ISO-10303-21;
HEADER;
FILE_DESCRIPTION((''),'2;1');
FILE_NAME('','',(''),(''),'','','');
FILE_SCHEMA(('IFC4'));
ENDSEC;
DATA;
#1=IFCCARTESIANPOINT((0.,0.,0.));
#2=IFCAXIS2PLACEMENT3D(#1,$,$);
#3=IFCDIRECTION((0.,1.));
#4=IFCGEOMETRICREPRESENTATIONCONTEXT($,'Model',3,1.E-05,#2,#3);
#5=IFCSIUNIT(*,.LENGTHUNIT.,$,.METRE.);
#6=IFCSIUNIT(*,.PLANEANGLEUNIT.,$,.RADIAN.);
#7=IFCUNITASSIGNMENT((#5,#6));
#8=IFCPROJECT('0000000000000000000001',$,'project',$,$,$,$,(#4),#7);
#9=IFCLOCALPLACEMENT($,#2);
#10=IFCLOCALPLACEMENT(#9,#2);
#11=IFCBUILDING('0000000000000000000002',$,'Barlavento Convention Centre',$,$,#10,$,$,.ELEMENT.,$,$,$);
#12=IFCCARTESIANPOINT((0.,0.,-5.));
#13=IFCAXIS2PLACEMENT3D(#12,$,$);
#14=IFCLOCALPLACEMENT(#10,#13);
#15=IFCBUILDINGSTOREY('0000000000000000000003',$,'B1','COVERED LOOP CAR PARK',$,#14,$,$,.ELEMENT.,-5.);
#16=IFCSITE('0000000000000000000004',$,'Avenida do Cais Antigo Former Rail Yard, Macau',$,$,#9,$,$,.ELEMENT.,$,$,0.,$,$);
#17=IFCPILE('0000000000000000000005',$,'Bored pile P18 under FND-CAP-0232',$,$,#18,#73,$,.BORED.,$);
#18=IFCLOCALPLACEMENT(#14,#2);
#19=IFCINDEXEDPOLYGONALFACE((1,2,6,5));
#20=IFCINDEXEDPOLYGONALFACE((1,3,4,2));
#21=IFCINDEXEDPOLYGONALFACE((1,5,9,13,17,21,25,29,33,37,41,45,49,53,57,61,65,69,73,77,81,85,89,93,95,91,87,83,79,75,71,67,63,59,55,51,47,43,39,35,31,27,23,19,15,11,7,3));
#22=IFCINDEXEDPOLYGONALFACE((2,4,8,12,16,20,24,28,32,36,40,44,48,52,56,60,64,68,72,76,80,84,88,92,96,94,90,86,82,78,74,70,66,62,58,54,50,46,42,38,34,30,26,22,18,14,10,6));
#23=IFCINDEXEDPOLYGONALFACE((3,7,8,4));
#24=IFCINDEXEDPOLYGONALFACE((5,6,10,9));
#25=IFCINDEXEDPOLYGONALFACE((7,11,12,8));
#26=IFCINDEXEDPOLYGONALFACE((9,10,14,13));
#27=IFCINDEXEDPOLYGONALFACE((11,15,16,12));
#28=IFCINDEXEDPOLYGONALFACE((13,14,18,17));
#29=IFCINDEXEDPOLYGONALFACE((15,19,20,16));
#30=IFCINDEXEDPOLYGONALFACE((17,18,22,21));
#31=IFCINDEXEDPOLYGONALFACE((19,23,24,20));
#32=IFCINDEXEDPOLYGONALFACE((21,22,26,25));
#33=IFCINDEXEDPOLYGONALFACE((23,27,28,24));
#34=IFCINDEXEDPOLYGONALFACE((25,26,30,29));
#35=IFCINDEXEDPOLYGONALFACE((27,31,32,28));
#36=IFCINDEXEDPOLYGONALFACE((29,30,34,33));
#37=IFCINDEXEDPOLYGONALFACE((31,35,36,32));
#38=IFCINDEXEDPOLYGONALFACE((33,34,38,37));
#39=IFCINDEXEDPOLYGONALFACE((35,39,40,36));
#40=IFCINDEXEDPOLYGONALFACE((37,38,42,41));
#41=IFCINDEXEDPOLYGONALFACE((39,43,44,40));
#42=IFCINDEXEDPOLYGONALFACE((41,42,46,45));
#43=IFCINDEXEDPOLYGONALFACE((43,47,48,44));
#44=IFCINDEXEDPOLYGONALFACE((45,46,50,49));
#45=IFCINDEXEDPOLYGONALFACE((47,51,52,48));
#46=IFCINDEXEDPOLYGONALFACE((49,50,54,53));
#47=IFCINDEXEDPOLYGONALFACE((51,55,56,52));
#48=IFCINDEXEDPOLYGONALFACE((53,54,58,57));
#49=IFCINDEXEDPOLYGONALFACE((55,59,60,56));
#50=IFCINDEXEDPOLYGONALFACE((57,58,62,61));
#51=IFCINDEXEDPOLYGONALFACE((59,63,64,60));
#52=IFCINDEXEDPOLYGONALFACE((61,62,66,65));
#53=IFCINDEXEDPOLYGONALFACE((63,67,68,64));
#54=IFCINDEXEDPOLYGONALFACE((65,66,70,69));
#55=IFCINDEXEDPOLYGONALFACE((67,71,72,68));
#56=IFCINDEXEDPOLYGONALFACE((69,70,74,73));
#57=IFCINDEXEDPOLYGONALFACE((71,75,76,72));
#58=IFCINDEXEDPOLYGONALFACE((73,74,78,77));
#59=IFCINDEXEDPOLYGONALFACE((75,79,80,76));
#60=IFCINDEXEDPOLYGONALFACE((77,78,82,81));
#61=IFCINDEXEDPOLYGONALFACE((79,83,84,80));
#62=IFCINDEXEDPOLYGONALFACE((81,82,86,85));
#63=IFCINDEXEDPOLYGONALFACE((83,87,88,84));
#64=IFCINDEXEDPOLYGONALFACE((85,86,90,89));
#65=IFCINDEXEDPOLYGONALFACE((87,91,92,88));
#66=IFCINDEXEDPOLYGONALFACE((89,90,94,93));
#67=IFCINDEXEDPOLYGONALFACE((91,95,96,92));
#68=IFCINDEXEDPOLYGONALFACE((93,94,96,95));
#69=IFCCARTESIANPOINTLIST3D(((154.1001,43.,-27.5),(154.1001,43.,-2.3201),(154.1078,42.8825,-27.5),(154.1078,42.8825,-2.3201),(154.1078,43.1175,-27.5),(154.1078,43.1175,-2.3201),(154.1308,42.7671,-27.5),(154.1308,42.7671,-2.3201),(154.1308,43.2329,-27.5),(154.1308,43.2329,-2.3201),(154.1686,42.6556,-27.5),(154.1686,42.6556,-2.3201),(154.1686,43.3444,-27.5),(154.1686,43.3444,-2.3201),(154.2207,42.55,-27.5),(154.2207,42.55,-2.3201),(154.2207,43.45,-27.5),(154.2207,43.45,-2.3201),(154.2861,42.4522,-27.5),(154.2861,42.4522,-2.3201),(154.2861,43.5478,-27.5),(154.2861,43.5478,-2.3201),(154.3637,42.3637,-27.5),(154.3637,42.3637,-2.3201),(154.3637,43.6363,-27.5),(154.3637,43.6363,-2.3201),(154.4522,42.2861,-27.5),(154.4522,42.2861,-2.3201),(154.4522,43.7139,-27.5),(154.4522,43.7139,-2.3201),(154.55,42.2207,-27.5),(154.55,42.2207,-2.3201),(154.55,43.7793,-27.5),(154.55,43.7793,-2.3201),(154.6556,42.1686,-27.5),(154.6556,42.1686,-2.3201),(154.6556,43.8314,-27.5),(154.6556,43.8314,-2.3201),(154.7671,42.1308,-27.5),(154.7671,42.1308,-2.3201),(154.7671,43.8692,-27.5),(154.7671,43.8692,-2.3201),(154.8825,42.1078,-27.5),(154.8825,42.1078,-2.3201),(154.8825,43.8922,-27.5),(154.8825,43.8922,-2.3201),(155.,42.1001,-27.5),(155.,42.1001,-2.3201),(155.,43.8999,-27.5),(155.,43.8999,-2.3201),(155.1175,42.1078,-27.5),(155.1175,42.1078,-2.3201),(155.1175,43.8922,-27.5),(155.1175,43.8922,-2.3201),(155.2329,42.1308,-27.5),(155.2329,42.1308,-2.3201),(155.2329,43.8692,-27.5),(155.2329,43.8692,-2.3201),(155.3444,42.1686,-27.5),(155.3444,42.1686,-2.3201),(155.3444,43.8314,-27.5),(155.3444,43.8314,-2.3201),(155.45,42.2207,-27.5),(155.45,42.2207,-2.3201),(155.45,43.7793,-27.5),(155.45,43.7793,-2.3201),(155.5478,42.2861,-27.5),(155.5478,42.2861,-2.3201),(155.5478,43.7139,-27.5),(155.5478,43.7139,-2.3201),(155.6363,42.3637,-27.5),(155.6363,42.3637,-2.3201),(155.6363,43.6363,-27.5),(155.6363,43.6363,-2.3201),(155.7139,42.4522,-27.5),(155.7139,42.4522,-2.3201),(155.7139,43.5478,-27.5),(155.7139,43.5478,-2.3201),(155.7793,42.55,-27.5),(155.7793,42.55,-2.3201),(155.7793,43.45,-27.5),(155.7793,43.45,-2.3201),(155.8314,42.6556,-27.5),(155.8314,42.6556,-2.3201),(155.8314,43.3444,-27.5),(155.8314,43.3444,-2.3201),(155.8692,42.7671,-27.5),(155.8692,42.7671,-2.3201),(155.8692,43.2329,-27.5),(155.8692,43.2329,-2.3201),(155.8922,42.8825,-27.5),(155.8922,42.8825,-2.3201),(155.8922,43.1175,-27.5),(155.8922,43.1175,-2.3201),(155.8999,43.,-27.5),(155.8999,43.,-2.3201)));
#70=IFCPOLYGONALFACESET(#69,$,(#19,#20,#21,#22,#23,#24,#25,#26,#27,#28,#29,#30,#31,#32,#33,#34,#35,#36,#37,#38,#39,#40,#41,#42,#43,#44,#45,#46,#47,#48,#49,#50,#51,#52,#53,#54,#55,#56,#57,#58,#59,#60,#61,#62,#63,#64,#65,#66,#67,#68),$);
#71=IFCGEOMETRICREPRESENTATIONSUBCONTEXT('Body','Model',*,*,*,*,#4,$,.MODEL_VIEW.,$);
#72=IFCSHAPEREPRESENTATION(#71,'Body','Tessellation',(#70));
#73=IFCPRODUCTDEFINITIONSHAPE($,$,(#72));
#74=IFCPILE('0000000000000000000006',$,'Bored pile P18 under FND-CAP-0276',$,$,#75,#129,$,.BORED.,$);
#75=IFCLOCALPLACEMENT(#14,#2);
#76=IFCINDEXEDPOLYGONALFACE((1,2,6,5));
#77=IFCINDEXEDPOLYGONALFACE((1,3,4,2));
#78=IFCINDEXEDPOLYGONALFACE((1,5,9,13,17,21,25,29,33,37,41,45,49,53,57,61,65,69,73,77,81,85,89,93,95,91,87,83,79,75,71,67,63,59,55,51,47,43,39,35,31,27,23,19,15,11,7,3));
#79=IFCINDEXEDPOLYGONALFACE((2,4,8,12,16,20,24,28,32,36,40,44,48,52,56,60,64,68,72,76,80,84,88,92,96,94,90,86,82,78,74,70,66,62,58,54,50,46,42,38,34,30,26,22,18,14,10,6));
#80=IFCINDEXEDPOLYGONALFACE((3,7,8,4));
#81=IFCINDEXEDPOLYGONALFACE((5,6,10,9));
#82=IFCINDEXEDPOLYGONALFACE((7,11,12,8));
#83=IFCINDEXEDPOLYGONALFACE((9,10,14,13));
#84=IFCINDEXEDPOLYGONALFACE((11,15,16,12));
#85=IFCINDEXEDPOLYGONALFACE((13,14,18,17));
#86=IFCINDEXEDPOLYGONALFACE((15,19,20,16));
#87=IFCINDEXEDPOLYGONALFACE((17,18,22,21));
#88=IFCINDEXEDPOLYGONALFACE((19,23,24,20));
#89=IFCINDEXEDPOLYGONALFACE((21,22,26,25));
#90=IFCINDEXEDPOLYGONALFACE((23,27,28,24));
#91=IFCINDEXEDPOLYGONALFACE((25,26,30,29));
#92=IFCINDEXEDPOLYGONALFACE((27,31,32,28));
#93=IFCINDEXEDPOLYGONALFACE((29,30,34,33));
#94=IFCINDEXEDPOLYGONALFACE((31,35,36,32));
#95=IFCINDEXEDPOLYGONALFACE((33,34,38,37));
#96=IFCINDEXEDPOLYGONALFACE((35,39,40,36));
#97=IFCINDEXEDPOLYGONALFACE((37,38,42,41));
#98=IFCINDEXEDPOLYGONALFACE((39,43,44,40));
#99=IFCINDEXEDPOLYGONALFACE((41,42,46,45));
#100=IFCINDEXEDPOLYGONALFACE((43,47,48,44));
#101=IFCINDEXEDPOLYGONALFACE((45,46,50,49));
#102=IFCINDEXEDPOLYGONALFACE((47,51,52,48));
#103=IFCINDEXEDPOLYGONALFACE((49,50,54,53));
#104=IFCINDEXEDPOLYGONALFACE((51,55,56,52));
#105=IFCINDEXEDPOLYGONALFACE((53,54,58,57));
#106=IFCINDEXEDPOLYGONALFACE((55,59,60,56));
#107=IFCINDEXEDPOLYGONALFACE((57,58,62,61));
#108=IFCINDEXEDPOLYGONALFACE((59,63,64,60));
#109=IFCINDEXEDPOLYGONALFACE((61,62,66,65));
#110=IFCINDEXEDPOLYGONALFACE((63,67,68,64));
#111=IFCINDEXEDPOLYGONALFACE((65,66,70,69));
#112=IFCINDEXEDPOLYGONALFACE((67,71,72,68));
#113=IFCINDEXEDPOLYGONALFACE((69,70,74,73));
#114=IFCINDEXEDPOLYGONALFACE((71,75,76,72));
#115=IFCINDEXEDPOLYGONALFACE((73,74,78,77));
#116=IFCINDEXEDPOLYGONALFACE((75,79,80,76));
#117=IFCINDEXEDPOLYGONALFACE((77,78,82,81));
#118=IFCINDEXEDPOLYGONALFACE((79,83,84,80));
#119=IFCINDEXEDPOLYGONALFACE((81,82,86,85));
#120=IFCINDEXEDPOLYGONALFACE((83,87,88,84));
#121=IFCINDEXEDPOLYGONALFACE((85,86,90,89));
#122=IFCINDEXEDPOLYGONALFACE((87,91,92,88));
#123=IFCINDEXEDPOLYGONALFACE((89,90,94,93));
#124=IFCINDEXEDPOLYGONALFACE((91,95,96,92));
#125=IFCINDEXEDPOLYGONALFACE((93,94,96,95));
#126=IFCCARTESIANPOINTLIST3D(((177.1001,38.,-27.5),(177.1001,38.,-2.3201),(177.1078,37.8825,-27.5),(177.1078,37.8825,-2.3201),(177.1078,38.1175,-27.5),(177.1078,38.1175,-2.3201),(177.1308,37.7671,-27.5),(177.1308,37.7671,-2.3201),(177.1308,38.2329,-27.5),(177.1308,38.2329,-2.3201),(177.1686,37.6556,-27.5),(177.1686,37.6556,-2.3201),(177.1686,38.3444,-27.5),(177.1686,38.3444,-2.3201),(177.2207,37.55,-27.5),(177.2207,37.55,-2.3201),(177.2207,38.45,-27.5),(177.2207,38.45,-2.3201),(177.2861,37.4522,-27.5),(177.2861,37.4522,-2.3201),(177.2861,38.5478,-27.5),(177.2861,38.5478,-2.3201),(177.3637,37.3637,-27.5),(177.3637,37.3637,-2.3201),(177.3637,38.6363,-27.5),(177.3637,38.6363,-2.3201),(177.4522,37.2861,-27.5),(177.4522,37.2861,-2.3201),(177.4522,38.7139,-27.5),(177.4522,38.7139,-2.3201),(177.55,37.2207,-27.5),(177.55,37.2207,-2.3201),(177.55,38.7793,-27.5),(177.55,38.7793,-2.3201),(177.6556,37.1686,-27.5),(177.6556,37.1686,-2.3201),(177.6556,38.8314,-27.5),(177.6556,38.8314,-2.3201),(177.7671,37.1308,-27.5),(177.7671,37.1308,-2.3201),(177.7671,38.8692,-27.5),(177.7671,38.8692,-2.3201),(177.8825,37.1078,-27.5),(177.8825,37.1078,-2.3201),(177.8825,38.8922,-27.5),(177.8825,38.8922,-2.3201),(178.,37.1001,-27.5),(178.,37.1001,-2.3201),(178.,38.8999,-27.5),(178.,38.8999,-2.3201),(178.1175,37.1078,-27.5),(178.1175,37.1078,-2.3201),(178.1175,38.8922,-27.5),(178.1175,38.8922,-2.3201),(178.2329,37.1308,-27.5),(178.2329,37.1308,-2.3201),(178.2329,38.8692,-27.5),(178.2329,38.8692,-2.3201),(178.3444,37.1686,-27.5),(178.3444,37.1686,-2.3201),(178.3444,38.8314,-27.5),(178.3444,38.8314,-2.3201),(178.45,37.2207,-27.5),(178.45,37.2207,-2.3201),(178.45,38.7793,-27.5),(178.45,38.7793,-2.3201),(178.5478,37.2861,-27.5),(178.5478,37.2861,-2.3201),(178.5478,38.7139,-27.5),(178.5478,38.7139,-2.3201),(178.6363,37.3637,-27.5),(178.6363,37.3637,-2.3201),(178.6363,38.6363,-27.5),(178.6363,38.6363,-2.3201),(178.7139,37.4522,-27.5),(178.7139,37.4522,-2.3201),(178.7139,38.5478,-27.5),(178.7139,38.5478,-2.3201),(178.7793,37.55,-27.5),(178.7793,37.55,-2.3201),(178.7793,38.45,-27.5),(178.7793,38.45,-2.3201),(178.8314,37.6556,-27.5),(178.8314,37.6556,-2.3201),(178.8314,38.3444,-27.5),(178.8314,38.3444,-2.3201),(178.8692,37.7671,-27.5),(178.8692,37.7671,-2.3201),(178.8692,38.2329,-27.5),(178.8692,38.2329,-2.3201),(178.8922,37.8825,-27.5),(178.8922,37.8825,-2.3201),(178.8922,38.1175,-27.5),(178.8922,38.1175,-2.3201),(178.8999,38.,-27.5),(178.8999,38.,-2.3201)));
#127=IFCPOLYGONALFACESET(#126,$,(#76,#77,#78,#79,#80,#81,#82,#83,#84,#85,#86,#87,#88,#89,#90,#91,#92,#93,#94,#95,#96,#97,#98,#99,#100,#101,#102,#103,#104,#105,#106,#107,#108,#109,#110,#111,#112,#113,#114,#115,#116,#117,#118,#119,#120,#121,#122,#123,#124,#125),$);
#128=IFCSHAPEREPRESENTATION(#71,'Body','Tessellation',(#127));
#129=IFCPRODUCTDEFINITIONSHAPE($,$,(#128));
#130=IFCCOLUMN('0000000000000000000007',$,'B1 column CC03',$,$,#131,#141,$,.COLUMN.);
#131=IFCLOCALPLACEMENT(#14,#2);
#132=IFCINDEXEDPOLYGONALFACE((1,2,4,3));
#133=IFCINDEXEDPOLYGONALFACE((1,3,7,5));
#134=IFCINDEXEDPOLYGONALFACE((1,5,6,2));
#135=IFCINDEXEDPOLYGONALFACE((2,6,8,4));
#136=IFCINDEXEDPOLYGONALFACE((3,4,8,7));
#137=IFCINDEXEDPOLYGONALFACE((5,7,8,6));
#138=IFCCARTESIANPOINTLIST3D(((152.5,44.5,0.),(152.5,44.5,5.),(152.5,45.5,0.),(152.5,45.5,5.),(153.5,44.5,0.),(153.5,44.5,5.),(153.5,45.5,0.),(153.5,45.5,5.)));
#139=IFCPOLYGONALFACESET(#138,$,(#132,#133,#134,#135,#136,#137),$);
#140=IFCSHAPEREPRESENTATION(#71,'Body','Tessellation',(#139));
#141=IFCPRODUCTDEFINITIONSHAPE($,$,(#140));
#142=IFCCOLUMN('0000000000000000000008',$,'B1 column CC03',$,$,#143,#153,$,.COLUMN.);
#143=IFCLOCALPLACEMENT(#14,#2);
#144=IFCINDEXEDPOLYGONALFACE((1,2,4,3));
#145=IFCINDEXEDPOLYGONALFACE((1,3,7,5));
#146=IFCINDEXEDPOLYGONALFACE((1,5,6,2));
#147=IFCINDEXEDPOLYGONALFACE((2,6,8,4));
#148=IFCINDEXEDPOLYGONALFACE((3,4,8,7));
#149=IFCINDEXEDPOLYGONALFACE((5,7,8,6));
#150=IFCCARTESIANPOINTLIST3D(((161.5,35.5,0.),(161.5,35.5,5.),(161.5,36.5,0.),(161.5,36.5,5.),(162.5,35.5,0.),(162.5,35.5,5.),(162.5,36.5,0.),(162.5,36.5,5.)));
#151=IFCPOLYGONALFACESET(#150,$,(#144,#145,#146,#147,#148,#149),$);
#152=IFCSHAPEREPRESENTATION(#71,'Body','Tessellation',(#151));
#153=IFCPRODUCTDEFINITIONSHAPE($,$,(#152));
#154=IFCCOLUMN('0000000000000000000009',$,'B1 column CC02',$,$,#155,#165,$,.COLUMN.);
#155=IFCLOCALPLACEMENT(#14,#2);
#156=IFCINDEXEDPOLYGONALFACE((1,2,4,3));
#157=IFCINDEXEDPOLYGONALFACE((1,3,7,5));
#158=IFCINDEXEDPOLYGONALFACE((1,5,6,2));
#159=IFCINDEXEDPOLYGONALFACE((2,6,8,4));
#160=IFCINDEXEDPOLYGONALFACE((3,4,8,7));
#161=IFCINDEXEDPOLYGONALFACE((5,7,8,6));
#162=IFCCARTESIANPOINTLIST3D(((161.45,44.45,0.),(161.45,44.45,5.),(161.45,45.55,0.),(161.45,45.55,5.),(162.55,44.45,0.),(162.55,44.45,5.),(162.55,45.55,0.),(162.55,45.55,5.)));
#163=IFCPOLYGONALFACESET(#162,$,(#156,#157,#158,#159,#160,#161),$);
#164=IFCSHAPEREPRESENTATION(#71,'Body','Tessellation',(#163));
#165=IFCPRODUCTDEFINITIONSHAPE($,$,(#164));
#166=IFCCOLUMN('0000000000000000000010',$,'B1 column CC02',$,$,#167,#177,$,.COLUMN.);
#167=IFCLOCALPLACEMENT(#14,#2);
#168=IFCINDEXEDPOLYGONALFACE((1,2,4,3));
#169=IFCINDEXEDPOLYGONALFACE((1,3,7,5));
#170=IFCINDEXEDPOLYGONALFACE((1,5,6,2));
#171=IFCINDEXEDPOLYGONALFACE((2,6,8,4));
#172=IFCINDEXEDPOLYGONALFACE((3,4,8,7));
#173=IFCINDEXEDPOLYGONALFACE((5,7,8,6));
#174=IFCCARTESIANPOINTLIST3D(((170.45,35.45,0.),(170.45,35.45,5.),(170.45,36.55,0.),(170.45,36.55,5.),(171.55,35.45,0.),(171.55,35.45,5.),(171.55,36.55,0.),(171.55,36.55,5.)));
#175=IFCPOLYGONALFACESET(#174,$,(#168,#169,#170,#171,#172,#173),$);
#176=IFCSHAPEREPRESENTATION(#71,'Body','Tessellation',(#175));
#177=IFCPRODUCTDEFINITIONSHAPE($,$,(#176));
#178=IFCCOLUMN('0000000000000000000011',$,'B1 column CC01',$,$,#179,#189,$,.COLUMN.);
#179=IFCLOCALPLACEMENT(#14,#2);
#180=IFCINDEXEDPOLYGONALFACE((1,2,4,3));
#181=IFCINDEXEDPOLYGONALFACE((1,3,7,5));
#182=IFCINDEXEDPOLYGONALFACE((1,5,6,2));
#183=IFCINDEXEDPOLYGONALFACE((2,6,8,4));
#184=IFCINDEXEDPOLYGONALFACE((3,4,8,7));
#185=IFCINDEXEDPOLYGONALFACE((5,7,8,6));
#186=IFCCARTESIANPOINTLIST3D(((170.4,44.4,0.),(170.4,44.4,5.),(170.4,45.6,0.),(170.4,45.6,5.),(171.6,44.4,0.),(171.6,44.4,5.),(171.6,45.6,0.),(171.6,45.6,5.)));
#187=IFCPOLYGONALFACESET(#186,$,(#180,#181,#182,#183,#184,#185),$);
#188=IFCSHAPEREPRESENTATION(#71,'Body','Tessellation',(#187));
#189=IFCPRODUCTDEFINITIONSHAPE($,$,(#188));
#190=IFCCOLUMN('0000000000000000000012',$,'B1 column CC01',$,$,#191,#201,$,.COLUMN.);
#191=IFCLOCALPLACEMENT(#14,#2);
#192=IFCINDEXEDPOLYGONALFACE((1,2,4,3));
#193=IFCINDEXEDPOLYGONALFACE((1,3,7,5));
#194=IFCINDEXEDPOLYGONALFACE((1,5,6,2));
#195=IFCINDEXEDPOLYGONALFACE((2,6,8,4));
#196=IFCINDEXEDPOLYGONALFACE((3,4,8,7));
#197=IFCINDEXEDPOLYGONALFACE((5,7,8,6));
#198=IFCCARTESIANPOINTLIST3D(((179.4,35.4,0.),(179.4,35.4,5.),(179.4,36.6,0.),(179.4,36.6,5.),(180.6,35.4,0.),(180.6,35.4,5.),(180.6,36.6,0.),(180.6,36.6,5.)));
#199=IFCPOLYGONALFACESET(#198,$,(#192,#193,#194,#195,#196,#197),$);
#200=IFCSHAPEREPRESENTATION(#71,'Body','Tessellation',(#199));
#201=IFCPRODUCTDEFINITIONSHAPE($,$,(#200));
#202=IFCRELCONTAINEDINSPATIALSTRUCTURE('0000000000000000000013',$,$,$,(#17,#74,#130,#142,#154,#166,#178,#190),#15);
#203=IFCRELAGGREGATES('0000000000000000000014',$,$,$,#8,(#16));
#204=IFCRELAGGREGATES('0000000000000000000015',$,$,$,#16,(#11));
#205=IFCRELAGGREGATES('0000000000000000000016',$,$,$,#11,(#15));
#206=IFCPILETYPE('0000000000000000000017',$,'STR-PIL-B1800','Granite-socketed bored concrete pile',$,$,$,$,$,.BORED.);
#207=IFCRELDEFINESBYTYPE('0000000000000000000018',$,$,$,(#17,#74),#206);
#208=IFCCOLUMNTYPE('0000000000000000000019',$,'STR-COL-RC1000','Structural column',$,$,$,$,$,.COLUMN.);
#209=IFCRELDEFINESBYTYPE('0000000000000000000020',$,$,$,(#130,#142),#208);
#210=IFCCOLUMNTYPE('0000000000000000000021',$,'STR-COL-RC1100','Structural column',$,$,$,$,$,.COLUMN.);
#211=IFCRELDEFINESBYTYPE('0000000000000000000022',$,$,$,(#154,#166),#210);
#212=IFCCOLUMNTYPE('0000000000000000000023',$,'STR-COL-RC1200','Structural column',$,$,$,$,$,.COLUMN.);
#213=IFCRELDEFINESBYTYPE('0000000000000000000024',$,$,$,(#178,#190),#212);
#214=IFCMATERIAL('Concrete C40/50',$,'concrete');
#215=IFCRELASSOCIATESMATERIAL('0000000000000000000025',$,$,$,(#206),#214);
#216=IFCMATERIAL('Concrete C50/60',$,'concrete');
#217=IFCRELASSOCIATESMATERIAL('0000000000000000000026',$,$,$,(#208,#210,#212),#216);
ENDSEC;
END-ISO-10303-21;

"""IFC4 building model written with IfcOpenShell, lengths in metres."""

from ifc_helpers import new_model, si_unit, direction, frame, origin, origin_2d, place, context, subcontext, project, spatial, rectangle, circle, extrude, material, material_profile, profile_set, type_object, element, save


model = new_model("IFC4")

# Units and contexts
model_context = context("Model", 3, precision=1e-05, world=origin(), true_north=direction((0.0, 1.0)))
body_context = subcontext(model_context, "Body", "Model", "MODEL_VIEW")
ifc_project = project(units=[si_unit("LENGTHUNIT", "METRE"), si_unit("PLANEANGLEUNIT", "RADIAN")], contexts=[model_context])

# Site, building, storey
site_placement = place(None, origin())
site = spatial("IfcSite", under=ifc_project, at=site_placement, Name="Avenida do Cais Antigo Former Rail Yard, Macau", CompositionType="ELEMENT", RefElevation=0.0)
building_placement = place(site_placement, origin())
building = spatial("IfcBuilding", under=site, at=building_placement, Name="Barlavento Convention Centre", CompositionType="ELEMENT")
storey_placement = place(building_placement, frame((0.0, 0.0, -5.0)))
storey = spatial("IfcBuildingStorey", under=building, at=storey_placement, Name="B1", Description="COVERED LOOP CAR PARK", CompositionType="ELEMENT", Elevation=-5.0)

# Shared definitions
ifc_material_1 = material(Name="Concrete C40/50", Category="concrete")

# Piles
ifc_material_profile_1 = material_profile(ifc_material_1, circle(Radius=0.8999, at=origin_2d()), Name="BORED PILE 1800")
ifc_profile_set_1 = profile_set([ifc_material_profile_1], Name="Concrete C40/50")
pile_type_1 = type_object("IfcPileType", Name="STR-PIL-B1800", Description="Granite-socketed bored concrete pile", PredefinedType="BORED", material=ifc_profile_set_1)
for number, where, z_axis, x_axis, name in (
    (1, (155.0, 43.0, -2.3201), (0.0, 0.0, -1.0), (1.0, 0.0, 0.0), "Bored pile P18 under FND-CAP-0232"),
    (2, (178.0, 38.0, -2.3201), (0.0, 0.0, -1.0), (1.0, 0.0, 0.0), "Bored pile P18 under FND-CAP-0276"),
):
    element("IfcPile", number, at=place(storey_placement, frame(where, z_axis=z_axis, x_axis=x_axis)), inside=storey, type_object=pile_type_1, Name=name, PredefinedType="BORED", context=body_context, shape_type="SweptSolid", body=[
        extrude(circle(Radius=0.8999, at=origin_2d()), origin(), (0.0, 0.0, 1.0), 25.1799),
    ])

# Columns
ifc_material_2 = material(Name="Concrete C50/60", Category="concrete")
ifc_material_profile_2 = material_profile(ifc_material_2, rectangle(XDim=1.0, YDim=1.0, at=origin_2d()), Name="RC 1000x1000")
ifc_profile_set_2 = profile_set([ifc_material_profile_2], Name="Concrete C50/60")
column_type_1 = type_object("IfcColumnType", Name="STR-COL-RC1000", Description="Structural column", PredefinedType="COLUMN", material=ifc_profile_set_2)
for number, where, z_axis, x_axis, name in (
    (3, (153.0, 45.0, 0.0), (0.0, 0.0, 1.0), (1.0, 0.0, 0.0), "B1 column CC03"),
    (4, (162.0, 36.0, 0.0), (0.0, 0.0, 1.0), (1.0, 0.0, 0.0), "B1 column CC03"),
):
    element("IfcColumn", number, at=place(storey_placement, frame(where, z_axis=z_axis, x_axis=x_axis)), inside=storey, type_object=column_type_1, Name=name, PredefinedType="COLUMN", context=body_context, shape_type="SweptSolid", body=[
        extrude(rectangle(XDim=1.0, YDim=1.0, at=origin_2d()), origin(), (0.0, 0.0, 1.0), 5.0),
    ])
ifc_material_profile_3 = material_profile(ifc_material_2, rectangle(XDim=1.1001, YDim=1.1001, at=origin_2d()), Name="RC 1100x1100")
ifc_profile_set_3 = profile_set([ifc_material_profile_3], Name="Concrete C50/60")
column_type_2 = type_object("IfcColumnType", Name="STR-COL-RC1100", Description="Structural column", PredefinedType="COLUMN", material=ifc_profile_set_3)
for number, where, z_axis, x_axis, name in (
    (5, (162.0, 45.0, 0.0), (0.0, 0.0, 1.0), (1.0, 0.0, 0.0), "B1 column CC02"),
    (6, (171.0, 36.0, 0.0), (0.0, 0.0, 1.0), (1.0, 0.0, 0.0), "B1 column CC02"),
):
    element("IfcColumn", number, at=place(storey_placement, frame(where, z_axis=z_axis, x_axis=x_axis)), inside=storey, type_object=column_type_2, Name=name, PredefinedType="COLUMN", context=body_context, shape_type="SweptSolid", body=[
        extrude(rectangle(XDim=1.1001, YDim=1.1001, at=origin_2d()), origin(), (0.0, 0.0, 1.0), 5.0),
    ])
ifc_material_profile_4 = material_profile(ifc_material_2, rectangle(XDim=1.2, YDim=1.2, at=origin_2d()), Name="RC 1200x1200")
ifc_profile_set_4 = profile_set([ifc_material_profile_4], Name="Concrete C50/60")
column_type_3 = type_object("IfcColumnType", Name="STR-COL-RC1200", Description="Structural column", PredefinedType="COLUMN", material=ifc_profile_set_4)
for number, where, z_axis, x_axis, name in (
    (7, (171.0, 45.0, 0.0), (0.0, 0.0, 1.0), (1.0, 0.0, 0.0), "B1 column CC01"),
    (8, (180.0, 36.0, 0.0), (0.0, 0.0, 1.0), (1.0, 0.0, 0.0), "B1 column CC01"),
):
    element("IfcColumn", number, at=place(storey_placement, frame(where, z_axis=z_axis, x_axis=x_axis)), inside=storey, type_object=column_type_3, Name=name, PredefinedType="COLUMN", context=body_context, shape_type="SweptSolid", body=[
        extrude(rectangle(XDim=1.2, YDim=1.2, at=origin_2d()), origin(), (0.0, 0.0, 1.0), 5.0),
    ])

save(model, "model.ifc")
